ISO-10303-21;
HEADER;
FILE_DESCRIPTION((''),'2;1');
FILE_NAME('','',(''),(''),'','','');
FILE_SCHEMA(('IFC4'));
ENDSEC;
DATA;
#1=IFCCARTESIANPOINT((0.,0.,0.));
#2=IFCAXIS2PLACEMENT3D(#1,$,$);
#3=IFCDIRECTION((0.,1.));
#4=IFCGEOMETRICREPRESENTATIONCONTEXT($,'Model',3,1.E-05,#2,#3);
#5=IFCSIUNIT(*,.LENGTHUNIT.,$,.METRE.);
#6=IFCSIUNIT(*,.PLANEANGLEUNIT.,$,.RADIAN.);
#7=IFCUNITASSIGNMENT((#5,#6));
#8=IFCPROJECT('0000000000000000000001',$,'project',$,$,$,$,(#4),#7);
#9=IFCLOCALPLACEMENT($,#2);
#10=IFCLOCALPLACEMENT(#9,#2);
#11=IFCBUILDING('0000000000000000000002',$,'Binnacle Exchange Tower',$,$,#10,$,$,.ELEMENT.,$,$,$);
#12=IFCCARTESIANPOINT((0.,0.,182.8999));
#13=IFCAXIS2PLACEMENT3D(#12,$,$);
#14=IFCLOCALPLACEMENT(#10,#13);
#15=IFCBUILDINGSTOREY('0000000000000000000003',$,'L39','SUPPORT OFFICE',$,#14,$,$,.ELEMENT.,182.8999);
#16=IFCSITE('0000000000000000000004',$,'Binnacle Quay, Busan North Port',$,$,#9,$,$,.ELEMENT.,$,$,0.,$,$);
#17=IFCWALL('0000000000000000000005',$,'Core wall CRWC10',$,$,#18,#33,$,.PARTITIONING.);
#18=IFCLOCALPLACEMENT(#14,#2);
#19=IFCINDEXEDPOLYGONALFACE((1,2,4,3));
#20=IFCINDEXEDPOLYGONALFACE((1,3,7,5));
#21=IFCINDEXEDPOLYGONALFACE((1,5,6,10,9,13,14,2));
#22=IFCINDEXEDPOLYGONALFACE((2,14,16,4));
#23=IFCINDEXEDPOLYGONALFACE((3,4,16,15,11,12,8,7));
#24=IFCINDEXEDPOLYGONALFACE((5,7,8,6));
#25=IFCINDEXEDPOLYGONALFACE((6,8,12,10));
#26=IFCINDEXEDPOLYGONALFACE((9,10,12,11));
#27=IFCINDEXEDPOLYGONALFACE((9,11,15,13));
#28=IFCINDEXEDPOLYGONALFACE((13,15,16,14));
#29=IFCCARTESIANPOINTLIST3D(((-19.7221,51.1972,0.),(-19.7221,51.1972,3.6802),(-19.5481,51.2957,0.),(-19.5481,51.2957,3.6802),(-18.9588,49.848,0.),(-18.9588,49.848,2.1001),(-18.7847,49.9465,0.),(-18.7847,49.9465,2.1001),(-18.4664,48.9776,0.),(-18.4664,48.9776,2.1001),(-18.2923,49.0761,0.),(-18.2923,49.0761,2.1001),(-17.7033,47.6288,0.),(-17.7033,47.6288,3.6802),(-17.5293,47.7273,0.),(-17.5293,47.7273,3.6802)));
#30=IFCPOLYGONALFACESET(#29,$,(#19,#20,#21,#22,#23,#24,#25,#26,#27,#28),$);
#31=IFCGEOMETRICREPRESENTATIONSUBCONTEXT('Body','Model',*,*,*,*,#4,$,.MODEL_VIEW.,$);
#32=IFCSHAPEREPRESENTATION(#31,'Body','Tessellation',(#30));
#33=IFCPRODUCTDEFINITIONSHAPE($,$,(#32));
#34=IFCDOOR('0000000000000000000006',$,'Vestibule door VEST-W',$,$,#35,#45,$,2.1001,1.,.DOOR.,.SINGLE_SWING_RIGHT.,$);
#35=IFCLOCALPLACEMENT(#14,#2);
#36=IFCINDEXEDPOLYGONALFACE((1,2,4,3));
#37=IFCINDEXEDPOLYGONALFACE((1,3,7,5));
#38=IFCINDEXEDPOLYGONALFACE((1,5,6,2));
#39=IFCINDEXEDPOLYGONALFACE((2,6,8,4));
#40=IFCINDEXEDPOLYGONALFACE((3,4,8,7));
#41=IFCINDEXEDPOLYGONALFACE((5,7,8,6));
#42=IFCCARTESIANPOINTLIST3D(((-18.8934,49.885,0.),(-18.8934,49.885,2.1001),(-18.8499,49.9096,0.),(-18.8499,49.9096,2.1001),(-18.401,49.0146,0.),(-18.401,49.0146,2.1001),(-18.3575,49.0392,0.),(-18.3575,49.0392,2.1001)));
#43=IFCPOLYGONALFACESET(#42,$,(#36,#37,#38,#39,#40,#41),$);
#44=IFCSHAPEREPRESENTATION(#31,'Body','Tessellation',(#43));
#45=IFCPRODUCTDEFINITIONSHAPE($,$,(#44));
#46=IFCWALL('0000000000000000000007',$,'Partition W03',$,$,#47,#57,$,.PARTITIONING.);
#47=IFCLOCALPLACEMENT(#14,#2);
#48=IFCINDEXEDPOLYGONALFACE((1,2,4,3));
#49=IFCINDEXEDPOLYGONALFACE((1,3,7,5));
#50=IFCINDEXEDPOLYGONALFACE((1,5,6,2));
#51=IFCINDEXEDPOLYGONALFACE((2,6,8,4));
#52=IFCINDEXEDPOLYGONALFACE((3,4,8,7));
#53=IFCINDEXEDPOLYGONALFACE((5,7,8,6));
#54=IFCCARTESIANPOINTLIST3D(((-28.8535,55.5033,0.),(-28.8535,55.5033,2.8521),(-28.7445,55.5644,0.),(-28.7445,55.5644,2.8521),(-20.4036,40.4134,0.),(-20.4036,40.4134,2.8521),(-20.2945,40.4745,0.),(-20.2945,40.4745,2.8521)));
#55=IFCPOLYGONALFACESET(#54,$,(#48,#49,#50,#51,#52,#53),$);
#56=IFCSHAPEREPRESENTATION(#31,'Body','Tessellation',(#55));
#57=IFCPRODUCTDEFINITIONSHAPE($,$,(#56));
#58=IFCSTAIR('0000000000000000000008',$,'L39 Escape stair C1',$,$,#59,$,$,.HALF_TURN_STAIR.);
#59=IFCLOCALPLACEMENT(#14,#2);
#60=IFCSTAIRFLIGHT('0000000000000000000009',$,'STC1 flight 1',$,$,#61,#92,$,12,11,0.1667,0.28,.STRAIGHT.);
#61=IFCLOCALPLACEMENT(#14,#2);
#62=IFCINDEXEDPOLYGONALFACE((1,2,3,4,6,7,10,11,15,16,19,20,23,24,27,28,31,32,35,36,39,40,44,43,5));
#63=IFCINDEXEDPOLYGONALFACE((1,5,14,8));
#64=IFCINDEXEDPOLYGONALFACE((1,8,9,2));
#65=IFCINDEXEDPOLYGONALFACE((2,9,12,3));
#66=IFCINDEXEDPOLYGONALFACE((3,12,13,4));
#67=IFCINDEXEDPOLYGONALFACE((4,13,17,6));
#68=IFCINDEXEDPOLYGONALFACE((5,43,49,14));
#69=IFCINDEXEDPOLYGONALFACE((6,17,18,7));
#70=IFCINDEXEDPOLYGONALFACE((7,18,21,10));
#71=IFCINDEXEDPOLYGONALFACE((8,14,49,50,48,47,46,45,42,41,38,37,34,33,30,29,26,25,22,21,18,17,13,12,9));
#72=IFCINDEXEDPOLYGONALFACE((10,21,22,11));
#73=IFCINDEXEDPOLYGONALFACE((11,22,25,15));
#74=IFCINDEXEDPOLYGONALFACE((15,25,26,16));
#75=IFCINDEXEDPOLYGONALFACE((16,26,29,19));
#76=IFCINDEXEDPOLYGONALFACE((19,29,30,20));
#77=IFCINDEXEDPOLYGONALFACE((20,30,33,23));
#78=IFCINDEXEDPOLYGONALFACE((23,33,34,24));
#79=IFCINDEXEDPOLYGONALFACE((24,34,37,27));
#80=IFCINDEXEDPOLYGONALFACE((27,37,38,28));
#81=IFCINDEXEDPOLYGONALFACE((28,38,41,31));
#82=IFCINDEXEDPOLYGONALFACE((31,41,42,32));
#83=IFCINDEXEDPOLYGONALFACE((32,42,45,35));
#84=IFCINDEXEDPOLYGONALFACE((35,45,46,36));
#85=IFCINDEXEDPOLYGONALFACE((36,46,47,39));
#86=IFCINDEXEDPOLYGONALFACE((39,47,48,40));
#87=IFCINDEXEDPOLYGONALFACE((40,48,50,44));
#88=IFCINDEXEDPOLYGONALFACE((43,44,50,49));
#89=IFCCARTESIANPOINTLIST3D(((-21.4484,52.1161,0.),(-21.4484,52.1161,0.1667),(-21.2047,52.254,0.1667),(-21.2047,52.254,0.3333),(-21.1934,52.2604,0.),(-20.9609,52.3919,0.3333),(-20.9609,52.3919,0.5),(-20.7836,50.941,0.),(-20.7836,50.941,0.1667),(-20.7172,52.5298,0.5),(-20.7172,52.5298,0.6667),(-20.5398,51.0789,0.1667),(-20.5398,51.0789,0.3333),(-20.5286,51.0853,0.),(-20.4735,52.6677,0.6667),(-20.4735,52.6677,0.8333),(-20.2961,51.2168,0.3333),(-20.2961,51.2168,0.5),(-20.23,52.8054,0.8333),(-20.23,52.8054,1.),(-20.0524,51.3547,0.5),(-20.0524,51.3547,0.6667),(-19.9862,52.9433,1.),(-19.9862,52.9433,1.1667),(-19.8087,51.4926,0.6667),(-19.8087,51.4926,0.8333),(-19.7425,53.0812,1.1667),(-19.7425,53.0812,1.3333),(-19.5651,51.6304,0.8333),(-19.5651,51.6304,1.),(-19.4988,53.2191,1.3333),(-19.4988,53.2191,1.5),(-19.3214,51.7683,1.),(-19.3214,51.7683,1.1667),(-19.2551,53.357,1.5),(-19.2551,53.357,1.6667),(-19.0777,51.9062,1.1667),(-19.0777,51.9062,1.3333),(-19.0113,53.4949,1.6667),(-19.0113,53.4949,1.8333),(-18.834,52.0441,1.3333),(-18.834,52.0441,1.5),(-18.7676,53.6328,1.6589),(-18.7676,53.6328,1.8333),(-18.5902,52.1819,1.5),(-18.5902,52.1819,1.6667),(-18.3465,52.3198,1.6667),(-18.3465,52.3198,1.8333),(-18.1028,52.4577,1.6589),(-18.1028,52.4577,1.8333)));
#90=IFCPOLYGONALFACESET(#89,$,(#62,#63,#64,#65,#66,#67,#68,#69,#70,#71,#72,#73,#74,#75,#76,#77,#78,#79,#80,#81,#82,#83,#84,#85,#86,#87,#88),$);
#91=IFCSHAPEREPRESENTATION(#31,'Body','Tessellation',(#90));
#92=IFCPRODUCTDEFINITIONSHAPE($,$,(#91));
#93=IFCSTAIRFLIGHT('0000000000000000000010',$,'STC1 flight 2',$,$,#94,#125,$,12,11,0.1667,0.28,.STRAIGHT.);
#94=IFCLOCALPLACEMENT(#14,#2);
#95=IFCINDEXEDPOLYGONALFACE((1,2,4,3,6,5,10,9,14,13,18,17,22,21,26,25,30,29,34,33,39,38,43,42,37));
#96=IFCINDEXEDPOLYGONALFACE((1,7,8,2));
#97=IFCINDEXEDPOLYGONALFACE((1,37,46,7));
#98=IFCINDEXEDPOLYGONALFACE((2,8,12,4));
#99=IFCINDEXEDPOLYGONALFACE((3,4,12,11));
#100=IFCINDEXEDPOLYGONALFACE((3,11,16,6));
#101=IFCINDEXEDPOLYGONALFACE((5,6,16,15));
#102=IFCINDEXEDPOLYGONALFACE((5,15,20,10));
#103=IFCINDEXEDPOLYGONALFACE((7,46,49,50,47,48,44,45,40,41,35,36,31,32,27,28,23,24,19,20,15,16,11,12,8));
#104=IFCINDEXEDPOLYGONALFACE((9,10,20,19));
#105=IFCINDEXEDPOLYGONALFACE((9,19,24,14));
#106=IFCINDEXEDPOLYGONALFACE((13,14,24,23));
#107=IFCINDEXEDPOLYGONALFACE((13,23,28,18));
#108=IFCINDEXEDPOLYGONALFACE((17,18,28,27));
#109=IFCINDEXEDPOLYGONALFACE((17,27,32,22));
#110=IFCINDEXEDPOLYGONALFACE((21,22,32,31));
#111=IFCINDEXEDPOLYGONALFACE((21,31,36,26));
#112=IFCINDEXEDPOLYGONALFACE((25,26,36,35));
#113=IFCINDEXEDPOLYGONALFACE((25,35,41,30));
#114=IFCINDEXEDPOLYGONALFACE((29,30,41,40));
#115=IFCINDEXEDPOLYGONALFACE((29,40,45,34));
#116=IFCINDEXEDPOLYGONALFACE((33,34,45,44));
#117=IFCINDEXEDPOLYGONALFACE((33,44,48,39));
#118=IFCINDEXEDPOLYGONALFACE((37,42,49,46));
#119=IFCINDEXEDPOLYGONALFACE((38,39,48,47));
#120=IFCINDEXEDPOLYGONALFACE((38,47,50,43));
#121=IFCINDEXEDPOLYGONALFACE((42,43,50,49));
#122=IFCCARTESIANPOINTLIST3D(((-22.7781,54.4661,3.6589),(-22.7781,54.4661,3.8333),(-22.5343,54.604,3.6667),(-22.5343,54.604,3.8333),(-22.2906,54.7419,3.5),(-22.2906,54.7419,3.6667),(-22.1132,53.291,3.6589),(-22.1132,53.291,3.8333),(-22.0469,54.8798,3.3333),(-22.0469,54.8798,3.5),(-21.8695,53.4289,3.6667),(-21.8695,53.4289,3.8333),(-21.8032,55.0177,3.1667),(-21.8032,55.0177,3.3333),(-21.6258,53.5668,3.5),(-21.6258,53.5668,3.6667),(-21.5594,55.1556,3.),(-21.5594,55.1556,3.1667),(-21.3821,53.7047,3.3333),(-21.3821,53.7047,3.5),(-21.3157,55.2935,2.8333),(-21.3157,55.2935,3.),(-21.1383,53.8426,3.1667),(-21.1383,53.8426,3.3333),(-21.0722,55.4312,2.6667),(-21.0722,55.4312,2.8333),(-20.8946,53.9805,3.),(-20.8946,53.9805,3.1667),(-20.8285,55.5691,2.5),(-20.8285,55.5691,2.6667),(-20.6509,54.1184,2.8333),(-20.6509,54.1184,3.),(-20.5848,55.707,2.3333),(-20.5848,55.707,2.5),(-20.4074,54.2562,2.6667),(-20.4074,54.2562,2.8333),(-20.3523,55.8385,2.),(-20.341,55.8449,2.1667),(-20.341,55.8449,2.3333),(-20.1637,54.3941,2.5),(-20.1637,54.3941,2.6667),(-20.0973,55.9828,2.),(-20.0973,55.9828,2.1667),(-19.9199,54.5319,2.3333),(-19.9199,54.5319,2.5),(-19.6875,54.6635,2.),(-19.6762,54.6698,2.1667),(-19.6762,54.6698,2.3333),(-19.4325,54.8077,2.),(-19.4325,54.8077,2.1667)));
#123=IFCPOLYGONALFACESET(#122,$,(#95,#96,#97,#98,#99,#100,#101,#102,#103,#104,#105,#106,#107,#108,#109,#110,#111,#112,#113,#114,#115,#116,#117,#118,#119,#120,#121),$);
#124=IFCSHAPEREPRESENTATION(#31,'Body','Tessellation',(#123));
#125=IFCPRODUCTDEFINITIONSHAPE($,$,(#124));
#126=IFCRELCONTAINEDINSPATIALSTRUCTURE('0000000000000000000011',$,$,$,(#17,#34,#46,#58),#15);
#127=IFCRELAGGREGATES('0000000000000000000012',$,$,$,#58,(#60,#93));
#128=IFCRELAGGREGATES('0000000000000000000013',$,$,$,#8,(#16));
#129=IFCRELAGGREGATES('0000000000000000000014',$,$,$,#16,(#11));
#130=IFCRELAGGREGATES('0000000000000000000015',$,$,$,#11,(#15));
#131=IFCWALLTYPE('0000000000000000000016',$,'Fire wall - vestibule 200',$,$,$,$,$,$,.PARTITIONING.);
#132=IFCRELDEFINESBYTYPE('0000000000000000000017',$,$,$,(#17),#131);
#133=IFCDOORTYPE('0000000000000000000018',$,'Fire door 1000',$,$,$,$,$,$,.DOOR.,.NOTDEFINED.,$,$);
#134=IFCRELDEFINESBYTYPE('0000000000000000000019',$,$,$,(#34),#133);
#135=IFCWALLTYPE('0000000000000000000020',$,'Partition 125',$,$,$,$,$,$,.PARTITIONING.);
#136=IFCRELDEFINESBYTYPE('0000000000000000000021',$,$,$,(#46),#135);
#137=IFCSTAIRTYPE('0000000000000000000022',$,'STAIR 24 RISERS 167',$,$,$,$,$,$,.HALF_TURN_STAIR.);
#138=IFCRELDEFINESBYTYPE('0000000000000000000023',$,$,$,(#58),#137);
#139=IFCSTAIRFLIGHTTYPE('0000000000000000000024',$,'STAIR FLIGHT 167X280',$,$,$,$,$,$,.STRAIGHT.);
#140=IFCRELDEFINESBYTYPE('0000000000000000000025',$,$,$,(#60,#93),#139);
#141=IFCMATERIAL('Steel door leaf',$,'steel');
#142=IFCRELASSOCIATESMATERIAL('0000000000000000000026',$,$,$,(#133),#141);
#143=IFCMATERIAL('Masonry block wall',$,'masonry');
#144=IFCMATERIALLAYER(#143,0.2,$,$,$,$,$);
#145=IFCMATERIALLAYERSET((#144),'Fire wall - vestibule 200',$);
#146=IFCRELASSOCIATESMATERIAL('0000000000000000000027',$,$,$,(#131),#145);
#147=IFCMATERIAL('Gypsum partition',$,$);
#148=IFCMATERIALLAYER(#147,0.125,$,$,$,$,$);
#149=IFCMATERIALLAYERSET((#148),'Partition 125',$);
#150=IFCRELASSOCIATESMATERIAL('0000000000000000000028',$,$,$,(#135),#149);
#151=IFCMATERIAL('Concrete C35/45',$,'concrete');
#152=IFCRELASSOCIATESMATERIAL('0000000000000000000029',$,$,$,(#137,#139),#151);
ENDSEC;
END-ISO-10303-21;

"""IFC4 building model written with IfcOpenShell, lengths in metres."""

from ifc_helpers import new_model, si_unit, direction, frame, frame_2d, origin, place, context, subcontext, project, spatial, polyline, rectangle, outline, extrude, material, layer, layer_set, type_object, element, fill, aggregate, save


model = new_model("IFC4")

# Units and contexts
model_context = context("Model", 3, precision=1e-05, world=origin(), true_north=direction((0.0, 1.0)))
body_context = subcontext(model_context, "Body", "Model", "MODEL_VIEW")
ifc_project = project(units=[si_unit("LENGTHUNIT", "METRE"), si_unit("PLANEANGLEUNIT", "RADIAN")], contexts=[model_context])

# Site, building, storey
site_placement = place(None, origin())
site = spatial("IfcSite", under=ifc_project, at=site_placement, Name="Binnacle Quay, Busan North Port", CompositionType="ELEMENT", RefElevation=0.0)
building_placement = place(site_placement, origin())
building = spatial("IfcBuilding", under=site, at=building_placement, Name="Binnacle Exchange Tower", CompositionType="ELEMENT")
storey_placement = place(building_placement, frame((0.0, 0.0, 182.8999)))
storey = spatial("IfcBuildingStorey", under=building, at=storey_placement, Name="L39", Description="SUPPORT OFFICE", CompositionType="ELEMENT", Elevation=182.8999)

# Wall, opening, door
ifc_material_1 = material(Name="Steel door leaf", Category="steel")
door_type = type_object("IfcDoorType", Name="Fire door 1000", OperationType="NOTDEFINED", PredefinedType="DOOR", material=ifc_material_1)
ifc_material_2 = material(Name="Masonry block wall", Category="masonry")
ifc_layer_1 = layer(ifc_material_2, 0.2)
ifc_layer_set_1 = layer_set([ifc_layer_1], Name="Fire wall - vestibule 200")
wall_type_1 = type_object("IfcWallType", Name="Fire wall - vestibule 200", PredefinedType="PARTITIONING", material=ifc_layer_set_1)
wall_1_placement = place(storey_placement, frame((-19.635, 51.2463, 0.0), z_axis=(0.0, 0.0, 1.0), x_axis=(0.492408, -0.870364, 0.0)))
wall_1 = element("IfcWall", 1, at=wall_1_placement, inside=storey, type_object=wall_type_1, Name="Core wall CRWC10", PredefinedType="PARTITIONING", context=body_context, shape_type="SweptSolid", body=[
    extrude(rectangle(XDim=4.0999, YDim=0.2, at=frame_2d((2.0498, 0.0))), origin(), (0.0, 0.0, 1.0), 3.6802),
])
opening_1_placement = place(wall_1_placement, frame((1.55, 0.0, 0.0)))
opening_1 = element("IfcOpeningElement", 2, at=opening_1_placement, cuts=wall_1, PredefinedType="OPENING", context=body_context, shape_type="SweptSolid", body=[
    extrude(rectangle(XDim=1.0, YDim=2.1001, at=frame_2d((0.5, 1.05))), frame((0.0, 0.1099, 0.0), z_axis=(0.0, -1.0, 0.0), x_axis=(1.0, 0.0, 0.0)), (0.0, 0.0, 1.0), 0.22),
])
door_1_placement = place(opening_1_placement, frame((1.0, 0.0, 0.0), z_axis=(0.0, 0.0, 1.0), x_axis=(-1.0, 0.0, 0.0)))
door_1 = element("IfcDoor", 3, at=door_1_placement, inside=storey, type_object=door_type, Name="Vestibule door VEST-W", OperationType="SINGLE_SWING_RIGHT", OverallHeight=2.1001, OverallWidth=1.0, PredefinedType="DOOR", context=body_context, shape_type="SweptSolid", body=[
    extrude(rectangle(XDim=1.0, YDim=2.1001, at=frame_2d((0.5, 1.05))), frame((0.0, 0.0249, 0.0), z_axis=(0.0, -1.0, 0.0), x_axis=(1.0, 0.0, 0.0)), (0.0, 0.0, 1.0), 0.05),
])
fill(opening_1, door_1)

# Wall
ifc_material_3 = material(Name="Gypsum partition")
ifc_layer_2 = layer(ifc_material_3, 0.125)
ifc_layer_set_2 = layer_set([ifc_layer_2], Name="Partition 125")
wall_type_2 = type_object("IfcWallType", Name="Partition 125", PredefinedType="PARTITIONING", material=ifc_layer_set_2)
wall_2_placement = place(storey_placement, frame((-28.7991, 55.5339, 0.0), z_axis=(0.0, 0.0, 1.0), x_axis=(0.488587, -0.872515, 0.0)))
element("IfcWall", 4, at=wall_2_placement, inside=storey, type_object=wall_type_2, Name="Partition W03", PredefinedType="PARTITIONING", context=body_context, shape_type="SweptSolid", body=[
    extrude(rectangle(XDim=17.2947, YDim=0.125, at=frame_2d((8.6475, 0.0))), origin(), (0.0, 0.0, 1.0), 2.8521),
])

# Stair, stair flights
ifc_material_4 = material(Name="Concrete C35/45", Category="concrete")
stair_type = type_object("IfcStairType", Name="STAIR 24 RISERS 167", PredefinedType="HALF_TURN_STAIR", material=ifc_material_4)
stair_placement = place(storey_placement, origin())
stair = element("IfcStair", 5, at=stair_placement, inside=storey, type_object=stair_type, Name="L39 Escape stair C1", PredefinedType="HALF_TURN_STAIR")
stair_flight_type = type_object("IfcStairFlightType", Name="STAIR FLIGHT 167X280", PredefinedType="STRAIGHT", material=ifc_material_4)
stair_flight_1_placement = place(storey_placement, frame((-21.116, 51.5286, 0.0), z_axis=(0.0, 0.0, 1.0), x_axis=(0.870356, 0.492424, 0.0)))
stair_flight_1 = element("IfcStairFlight", 6, at=stair_flight_1_placement, type_object=stair_flight_type, Name="STC1 flight 1", NumberOfRisers=12, NumberOfTreads=11, PredefinedType="STRAIGHT", RiserHeight=0.1667, TreadLength=0.28, context=body_context, shape_type="SweptSolid", body=[
    extrude(outline(polyline([(0.0, 0.0), (0.0, 0.1667), (0.28, 0.1667), (0.28, 0.3333), (0.5601, 0.3333), (0.5601, 0.5), (0.8401, 0.5), (0.8401, 0.6667), (1.1201, 0.6667), (1.1201, 0.8333), (1.3999, 0.8333), (1.3999, 1.0), (1.6799, 1.0), (1.6799, 1.1667), (1.96, 1.1667), (1.96, 1.3333), (2.24, 1.3333), (2.24, 1.5), (2.52, 1.5), (2.52, 1.6667), (2.8, 1.6667), (2.8, 1.8333), (3.0801, 1.8333), (3.0801, 2.0), (3.0801, 1.6589), (0.293, 0.0), (0.0, 0.0)])), frame((0.0, 0.675, 0.0), z_axis=(0.0, -1.0, 0.0), x_axis=(1.0, 0.0, 0.0)), (0.0, 0.0, 1.0), 1.3501),
])
stair_flight_2_placement = place(storey_placement, frame((-19.7649, 55.3953, 2.0), z_axis=(0.0, 0.0, 1.0), x_axis=(-0.870356, -0.492424, 0.0)))
stair_flight_2 = element("IfcStairFlight", 7, at=stair_flight_2_placement, type_object=stair_flight_type, Name="STC1 flight 2", NumberOfRisers=12, NumberOfTreads=11, PredefinedType="STRAIGHT", RiserHeight=0.1667, TreadLength=0.28, context=body_context, shape_type="SweptSolid", body=[
    extrude(outline(polyline([(0.0, 0.0), (0.0, 0.1667), (0.28, 0.1667), (0.28, 0.3333), (0.5601, 0.3333), (0.5601, 0.5), (0.8401, 0.5), (0.8401, 0.6667), (1.1201, 0.6667), (1.1201, 0.8333), (1.3999, 0.8333), (1.3999, 1.0), (1.6799, 1.0), (1.6799, 1.1667), (1.96, 1.1667), (1.96, 1.3333), (2.24, 1.3333), (2.24, 1.5), (2.52, 1.5), (2.52, 1.6667), (2.8, 1.6667), (2.8, 1.8333), (3.0801, 1.8333), (3.0801, 2.0), (3.0801, 1.6589), (0.293, 0.0), (0.0, 0.0)])), frame((0.0, 0.675, 0.0), z_axis=(0.0, -1.0, 0.0), x_axis=(1.0, 0.0, 0.0)), (0.0, 0.0, 1.0), 1.3501),
])
aggregate(stair, [stair_flight_1, stair_flight_2])

save(model, "model.ifc")
